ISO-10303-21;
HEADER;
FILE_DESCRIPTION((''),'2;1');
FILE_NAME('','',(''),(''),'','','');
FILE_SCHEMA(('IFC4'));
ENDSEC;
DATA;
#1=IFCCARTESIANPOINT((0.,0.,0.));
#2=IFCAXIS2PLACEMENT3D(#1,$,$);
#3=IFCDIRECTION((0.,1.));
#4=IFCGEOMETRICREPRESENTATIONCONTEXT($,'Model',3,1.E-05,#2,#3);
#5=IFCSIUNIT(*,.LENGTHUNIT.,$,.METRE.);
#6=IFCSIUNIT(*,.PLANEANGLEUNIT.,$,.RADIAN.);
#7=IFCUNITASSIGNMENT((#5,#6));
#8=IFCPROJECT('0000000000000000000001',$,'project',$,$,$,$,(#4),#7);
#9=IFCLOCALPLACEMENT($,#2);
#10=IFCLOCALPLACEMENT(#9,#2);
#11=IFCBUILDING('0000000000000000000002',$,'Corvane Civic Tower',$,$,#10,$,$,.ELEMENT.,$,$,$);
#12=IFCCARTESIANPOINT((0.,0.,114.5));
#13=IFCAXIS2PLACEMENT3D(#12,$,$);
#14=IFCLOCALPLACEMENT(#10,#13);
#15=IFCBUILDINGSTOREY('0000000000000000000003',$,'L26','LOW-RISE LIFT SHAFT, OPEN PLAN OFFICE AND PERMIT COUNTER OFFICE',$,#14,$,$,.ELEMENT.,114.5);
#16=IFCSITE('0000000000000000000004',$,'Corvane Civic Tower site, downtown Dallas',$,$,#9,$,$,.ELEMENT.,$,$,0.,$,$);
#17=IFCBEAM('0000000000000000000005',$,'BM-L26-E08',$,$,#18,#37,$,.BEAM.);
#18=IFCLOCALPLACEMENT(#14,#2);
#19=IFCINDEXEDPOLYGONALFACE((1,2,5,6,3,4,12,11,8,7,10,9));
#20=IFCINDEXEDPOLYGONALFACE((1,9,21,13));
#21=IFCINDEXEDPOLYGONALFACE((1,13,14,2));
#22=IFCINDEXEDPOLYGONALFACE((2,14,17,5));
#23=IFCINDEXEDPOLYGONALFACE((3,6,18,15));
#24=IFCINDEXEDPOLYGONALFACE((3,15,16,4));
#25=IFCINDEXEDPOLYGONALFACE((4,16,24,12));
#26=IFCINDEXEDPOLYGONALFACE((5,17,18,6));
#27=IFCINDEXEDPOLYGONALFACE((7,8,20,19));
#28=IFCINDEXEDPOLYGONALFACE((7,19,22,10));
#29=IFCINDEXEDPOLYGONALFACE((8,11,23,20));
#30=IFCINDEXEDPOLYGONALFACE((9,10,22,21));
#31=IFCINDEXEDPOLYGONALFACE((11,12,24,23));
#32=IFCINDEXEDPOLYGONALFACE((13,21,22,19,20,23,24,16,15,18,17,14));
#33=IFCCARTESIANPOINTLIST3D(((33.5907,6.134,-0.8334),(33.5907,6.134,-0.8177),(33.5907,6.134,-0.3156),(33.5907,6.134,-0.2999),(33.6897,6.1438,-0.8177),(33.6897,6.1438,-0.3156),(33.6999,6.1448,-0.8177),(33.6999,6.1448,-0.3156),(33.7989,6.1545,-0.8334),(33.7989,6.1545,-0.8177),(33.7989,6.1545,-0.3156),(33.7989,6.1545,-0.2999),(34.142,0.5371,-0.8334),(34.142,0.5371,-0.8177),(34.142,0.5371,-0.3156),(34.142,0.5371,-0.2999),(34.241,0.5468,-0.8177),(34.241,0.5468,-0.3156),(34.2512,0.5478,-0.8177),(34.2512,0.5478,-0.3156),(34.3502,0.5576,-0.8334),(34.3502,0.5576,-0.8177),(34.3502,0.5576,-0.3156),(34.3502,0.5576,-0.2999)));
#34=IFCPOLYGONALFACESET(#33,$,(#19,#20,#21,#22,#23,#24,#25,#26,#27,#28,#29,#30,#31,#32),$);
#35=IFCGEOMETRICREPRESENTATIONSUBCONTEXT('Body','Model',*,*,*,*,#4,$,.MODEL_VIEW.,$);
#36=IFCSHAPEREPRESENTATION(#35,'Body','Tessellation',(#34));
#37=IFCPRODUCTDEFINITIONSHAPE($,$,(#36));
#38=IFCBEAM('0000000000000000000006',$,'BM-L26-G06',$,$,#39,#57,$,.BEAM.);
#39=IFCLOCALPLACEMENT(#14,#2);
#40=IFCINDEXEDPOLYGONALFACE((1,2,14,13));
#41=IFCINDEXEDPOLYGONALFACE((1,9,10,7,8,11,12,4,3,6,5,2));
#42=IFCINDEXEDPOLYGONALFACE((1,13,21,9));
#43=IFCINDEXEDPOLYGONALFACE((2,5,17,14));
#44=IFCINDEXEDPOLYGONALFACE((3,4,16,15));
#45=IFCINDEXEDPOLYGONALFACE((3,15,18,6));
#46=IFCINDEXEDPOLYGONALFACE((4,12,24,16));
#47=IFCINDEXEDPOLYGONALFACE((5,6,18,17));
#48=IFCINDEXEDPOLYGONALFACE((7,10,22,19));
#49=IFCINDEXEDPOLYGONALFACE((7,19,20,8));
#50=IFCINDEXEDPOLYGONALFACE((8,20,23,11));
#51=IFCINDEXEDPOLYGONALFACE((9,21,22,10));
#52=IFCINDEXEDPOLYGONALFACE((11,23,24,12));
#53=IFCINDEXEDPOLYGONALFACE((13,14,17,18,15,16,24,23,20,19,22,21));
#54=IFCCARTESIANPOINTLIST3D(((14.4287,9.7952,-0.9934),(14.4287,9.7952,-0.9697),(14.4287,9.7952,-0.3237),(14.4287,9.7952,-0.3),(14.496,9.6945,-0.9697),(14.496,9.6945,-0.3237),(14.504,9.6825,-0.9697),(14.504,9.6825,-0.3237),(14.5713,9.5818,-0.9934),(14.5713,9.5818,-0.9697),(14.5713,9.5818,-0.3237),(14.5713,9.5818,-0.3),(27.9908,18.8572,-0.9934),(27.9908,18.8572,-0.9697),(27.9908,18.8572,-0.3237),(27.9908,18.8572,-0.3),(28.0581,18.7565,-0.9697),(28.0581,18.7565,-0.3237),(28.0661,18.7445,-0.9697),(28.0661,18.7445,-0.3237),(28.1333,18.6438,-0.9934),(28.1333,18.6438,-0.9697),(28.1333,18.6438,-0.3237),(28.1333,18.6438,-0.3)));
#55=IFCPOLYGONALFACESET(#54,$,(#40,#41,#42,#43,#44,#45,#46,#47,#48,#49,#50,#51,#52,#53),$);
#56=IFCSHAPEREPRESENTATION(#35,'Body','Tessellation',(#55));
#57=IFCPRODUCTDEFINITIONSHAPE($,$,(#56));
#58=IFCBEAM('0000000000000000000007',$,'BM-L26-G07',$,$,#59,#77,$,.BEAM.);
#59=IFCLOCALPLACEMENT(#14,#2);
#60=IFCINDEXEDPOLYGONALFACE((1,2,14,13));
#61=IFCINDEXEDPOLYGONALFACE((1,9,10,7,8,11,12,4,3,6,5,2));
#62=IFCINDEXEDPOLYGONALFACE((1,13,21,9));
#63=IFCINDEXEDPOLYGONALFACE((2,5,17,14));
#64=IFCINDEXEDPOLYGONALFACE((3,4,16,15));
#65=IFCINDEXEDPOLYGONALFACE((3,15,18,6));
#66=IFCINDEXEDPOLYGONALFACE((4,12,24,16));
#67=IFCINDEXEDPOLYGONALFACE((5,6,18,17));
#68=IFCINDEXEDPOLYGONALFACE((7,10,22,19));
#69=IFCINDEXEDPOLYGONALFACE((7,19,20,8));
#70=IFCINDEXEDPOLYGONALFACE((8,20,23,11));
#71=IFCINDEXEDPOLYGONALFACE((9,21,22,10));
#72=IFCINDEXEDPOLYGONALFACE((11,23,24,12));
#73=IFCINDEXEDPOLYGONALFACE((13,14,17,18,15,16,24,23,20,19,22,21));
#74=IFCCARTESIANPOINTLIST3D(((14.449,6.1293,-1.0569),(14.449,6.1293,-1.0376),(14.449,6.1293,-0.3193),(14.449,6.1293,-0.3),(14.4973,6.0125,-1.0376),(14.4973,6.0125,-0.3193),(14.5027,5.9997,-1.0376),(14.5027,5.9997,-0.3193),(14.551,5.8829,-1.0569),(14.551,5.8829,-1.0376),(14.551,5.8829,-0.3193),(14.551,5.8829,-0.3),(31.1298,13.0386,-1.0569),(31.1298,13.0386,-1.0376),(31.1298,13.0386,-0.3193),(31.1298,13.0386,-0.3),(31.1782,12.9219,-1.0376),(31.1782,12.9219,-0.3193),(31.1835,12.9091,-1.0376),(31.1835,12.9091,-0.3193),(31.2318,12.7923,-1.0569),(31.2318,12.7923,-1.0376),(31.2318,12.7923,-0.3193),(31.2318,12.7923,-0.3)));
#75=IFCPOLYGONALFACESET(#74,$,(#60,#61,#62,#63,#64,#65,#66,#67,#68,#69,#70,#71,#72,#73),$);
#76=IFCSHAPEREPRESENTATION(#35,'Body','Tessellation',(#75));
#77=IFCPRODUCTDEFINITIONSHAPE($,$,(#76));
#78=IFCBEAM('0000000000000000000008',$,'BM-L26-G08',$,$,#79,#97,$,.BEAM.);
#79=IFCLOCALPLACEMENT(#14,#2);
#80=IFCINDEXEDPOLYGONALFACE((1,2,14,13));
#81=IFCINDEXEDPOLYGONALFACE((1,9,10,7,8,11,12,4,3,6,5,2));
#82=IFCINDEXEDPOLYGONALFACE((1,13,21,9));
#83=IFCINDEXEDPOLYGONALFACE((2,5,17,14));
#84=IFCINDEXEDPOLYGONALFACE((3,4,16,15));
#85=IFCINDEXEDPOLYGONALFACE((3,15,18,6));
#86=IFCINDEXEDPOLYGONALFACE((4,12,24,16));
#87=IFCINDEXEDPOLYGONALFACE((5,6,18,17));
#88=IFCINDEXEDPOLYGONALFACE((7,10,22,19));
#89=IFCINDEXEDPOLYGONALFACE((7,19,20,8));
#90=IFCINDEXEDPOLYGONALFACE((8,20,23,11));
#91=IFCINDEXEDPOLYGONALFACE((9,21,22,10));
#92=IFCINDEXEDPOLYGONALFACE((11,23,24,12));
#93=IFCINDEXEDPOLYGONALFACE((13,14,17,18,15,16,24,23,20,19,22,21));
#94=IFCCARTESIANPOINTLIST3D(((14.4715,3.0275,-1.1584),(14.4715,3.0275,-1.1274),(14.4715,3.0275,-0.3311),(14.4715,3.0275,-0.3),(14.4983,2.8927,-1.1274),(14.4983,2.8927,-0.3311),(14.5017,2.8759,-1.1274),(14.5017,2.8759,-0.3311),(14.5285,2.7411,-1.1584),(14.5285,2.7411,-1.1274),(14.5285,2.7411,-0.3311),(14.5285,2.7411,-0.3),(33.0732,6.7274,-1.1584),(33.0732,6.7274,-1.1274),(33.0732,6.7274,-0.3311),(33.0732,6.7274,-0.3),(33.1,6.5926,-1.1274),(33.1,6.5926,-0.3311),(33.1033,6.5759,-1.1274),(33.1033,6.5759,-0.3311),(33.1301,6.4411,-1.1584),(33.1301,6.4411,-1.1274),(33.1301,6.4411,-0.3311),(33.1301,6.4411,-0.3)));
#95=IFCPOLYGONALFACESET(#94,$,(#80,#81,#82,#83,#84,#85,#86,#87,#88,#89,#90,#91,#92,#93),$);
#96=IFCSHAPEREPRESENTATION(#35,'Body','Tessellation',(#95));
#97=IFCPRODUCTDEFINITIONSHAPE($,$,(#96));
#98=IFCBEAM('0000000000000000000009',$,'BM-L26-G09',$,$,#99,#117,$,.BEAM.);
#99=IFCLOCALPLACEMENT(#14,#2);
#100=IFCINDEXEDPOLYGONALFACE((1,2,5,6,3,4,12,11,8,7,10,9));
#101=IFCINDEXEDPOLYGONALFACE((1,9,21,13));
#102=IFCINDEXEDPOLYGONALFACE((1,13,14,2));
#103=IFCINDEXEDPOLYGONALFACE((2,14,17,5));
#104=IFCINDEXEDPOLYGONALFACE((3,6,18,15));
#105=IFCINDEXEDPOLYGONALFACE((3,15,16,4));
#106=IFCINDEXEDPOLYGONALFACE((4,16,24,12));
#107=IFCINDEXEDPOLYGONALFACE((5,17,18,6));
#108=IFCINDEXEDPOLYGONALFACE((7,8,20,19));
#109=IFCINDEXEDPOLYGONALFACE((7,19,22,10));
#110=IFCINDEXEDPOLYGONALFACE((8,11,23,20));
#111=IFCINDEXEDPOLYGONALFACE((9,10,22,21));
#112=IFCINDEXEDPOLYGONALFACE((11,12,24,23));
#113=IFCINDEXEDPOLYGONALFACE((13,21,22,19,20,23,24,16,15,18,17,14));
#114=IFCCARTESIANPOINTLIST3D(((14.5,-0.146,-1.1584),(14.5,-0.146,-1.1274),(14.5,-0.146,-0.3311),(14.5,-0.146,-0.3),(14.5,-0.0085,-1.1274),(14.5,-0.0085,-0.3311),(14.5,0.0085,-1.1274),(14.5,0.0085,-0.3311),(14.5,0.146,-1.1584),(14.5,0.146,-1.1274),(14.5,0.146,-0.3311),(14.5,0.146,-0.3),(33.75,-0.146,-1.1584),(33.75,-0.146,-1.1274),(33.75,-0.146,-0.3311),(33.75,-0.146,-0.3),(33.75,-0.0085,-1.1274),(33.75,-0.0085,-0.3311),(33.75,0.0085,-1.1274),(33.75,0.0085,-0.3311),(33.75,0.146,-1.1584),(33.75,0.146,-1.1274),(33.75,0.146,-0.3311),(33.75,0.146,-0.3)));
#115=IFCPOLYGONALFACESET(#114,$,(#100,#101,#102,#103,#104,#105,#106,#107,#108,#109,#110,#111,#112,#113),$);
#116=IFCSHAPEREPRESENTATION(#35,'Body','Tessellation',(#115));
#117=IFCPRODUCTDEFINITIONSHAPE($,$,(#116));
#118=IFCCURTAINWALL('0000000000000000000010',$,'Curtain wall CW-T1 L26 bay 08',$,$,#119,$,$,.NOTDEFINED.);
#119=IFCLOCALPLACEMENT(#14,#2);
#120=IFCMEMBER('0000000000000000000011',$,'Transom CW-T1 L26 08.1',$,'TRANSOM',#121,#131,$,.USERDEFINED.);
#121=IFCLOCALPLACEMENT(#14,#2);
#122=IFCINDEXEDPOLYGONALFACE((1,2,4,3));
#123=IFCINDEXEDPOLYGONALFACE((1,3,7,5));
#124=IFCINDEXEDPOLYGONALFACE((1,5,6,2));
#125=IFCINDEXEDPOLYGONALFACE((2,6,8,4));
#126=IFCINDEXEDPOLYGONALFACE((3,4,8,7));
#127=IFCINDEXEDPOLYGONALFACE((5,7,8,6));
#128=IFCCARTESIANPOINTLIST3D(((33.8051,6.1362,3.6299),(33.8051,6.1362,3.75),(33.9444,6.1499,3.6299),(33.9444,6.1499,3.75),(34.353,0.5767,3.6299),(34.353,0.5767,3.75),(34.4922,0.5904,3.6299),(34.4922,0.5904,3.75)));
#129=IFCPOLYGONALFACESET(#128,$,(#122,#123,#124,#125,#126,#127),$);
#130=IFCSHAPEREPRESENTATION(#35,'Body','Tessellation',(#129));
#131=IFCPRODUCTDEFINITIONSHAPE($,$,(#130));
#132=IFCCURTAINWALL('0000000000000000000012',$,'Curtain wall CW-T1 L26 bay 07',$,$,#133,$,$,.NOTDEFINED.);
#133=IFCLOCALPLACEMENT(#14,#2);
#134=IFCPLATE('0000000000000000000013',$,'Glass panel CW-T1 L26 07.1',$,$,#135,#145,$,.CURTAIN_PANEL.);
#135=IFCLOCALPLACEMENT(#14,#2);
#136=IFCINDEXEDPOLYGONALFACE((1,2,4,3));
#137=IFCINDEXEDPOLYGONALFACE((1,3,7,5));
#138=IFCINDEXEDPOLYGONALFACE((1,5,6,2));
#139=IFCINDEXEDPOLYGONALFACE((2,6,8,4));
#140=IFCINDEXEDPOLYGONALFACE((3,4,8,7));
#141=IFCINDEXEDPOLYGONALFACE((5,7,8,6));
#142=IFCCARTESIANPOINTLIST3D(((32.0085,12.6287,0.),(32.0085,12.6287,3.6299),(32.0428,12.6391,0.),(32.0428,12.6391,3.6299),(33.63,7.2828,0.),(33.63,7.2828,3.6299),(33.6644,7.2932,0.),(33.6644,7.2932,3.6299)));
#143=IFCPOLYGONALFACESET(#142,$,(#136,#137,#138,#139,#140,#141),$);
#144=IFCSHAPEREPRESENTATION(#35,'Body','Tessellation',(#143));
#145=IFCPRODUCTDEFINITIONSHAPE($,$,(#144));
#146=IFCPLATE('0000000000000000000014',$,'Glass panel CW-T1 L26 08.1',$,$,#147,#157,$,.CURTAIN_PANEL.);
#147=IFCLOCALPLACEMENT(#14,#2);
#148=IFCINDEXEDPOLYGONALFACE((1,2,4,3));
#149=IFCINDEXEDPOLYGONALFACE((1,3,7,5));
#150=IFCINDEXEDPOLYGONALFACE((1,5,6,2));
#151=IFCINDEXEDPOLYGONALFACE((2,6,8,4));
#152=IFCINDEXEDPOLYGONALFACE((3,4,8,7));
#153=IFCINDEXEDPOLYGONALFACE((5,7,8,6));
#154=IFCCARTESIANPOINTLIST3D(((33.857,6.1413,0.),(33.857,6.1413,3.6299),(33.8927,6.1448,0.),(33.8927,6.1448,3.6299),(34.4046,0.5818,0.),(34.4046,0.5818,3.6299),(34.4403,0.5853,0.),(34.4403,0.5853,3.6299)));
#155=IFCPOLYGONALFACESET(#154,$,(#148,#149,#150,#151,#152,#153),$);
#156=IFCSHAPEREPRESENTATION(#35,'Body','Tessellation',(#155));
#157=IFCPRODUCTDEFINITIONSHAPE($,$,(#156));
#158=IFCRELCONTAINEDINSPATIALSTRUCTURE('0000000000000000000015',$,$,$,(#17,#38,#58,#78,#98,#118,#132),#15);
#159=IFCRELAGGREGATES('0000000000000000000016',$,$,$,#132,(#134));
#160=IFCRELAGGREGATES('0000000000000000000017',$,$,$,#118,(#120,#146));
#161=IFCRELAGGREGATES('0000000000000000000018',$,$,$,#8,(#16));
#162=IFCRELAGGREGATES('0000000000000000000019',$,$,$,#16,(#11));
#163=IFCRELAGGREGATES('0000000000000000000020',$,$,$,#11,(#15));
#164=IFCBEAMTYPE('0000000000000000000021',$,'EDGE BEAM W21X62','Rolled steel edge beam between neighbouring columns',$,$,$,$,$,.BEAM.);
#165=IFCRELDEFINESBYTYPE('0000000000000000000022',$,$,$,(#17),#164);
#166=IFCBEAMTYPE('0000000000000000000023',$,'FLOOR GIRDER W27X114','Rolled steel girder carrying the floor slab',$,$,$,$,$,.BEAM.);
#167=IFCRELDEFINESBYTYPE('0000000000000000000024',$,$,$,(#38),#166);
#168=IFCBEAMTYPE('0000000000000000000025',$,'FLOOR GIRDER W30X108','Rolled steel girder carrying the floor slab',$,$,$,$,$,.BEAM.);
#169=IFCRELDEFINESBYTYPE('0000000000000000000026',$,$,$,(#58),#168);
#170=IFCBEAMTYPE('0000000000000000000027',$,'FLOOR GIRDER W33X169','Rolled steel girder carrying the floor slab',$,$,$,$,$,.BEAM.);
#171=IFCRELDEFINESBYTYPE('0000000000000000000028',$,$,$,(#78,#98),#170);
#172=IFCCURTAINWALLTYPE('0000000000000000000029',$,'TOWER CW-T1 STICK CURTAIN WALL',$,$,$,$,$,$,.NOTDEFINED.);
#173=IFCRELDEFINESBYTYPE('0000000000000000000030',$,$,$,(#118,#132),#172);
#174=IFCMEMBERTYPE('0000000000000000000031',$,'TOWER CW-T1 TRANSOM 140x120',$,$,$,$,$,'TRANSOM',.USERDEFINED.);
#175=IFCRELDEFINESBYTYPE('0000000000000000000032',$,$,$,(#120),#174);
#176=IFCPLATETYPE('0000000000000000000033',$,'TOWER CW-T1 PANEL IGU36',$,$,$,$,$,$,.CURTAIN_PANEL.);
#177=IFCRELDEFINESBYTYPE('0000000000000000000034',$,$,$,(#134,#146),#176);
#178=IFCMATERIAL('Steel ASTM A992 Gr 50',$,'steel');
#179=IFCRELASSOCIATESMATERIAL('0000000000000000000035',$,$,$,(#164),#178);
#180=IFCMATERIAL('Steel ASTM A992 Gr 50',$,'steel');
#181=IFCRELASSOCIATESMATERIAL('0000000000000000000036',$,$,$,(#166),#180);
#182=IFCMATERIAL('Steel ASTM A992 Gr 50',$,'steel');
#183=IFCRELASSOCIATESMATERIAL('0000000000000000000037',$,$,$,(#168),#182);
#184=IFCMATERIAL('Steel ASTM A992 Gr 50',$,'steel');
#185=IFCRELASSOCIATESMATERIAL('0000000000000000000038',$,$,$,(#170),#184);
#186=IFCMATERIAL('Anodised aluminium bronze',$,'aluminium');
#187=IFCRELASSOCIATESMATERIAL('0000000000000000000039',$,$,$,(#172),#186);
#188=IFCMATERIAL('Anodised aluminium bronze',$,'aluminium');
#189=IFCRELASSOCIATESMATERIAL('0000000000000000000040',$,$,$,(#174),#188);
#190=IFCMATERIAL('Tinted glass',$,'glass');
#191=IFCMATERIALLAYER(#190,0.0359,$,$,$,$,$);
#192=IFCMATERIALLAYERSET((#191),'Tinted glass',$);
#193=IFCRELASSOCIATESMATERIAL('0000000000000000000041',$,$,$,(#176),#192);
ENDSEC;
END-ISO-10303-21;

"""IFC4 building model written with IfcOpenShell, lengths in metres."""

from ifc_helpers import new_model, si_unit, direction, frame, origin, origin_2d, place, context, subcontext, project, spatial, rectangle, i_section, extrude, material, layer, layer_set, material_profile, profile_set, type_object, element, aggregate, save


model = new_model("IFC4")

# Units and contexts
model_context = context("Model", 3, precision=1e-05, world=origin(), true_north=direction((0.0, 1.0)))
body_context = subcontext(model_context, "Body", "Model", "MODEL_VIEW")
ifc_project = project(units=[si_unit("LENGTHUNIT", "METRE"), si_unit("PLANEANGLEUNIT", "RADIAN")], contexts=[model_context])

# Site, building, storey
site_placement = place(None, origin())
site = spatial("IfcSite", under=ifc_project, at=site_placement, Name="Corvane Civic Tower site, downtown Dallas", CompositionType="ELEMENT", RefElevation=0.0)
building_placement = place(site_placement, origin())
building = spatial("IfcBuilding", under=site, at=building_placement, Name="Corvane Civic Tower", CompositionType="ELEMENT")
storey_placement = place(building_placement, frame((0.0, 0.0, 114.5)))
storey = spatial("IfcBuildingStorey", under=building, at=storey_placement, Name="L26", Description="LOW-RISE LIFT SHAFT, OPEN PLAN OFFICE AND PERMIT COUNTER OFFICE", CompositionType="ELEMENT", Elevation=114.5)

# Beams
ifc_material_1 = material(Name="Steel ASTM A992 Gr 50", Category="steel")
ifc_material_profile_1 = material_profile(ifc_material_1, i_section(OverallWidth=0.2092, OverallDepth=0.5334, WebThickness=0.0103, FlangeThickness=0.0156, at=origin_2d()), Name="W21X62")
ifc_profile_set_1 = profile_set([ifc_material_profile_1], Name="Steel ASTM A992 Gr 50")
beam_type_1 = type_object("IfcBeamType", Name="EDGE BEAM W21X62", Description="Rolled steel edge beam between neighbouring columns", PredefinedType="BEAM", material=ifc_profile_set_1)
beam_1_placement = place(storey_placement, frame((33.6948, 6.1443, -0.5667), z_axis=(0.098021, -0.995184, 0.0), x_axis=(0.995184, 0.098021, 0.0)))
element("IfcBeam", 1, at=beam_1_placement, inside=storey, type_object=beam_type_1, Name="BM-L26-E08", PredefinedType="BEAM", context=body_context, shape_type="SweptSolid", body=[
    extrude(i_section(OverallWidth=0.2092, OverallDepth=0.5334, WebThickness=0.0103, FlangeThickness=0.0156, at=origin_2d()), origin(), (0.0, 0.0, 1.0), 5.624),
])
ifc_material_2 = material(Name="Steel ASTM A992 Gr 50", Category="steel")
ifc_material_profile_2 = material_profile(ifc_material_2, i_section(OverallWidth=0.2566, OverallDepth=0.6934, WebThickness=0.0144, FlangeThickness=0.0237, at=origin_2d()), Name="W27X114")
ifc_profile_set_2 = profile_set([ifc_material_profile_2], Name="Steel ASTM A992 Gr 50")
beam_type_2 = type_object("IfcBeamType", Name="FLOOR GIRDER W27X114", Description="Rolled steel girder carrying the floor slab", PredefinedType="BEAM", material=ifc_profile_set_2)
beam_2_placement = place(storey_placement, frame((14.5, 9.6885, -0.6467), z_axis=(0.831465, 0.555577, 0.0), x_axis=(-0.555577, 0.831465, 0.0)))
element("IfcBeam", 2, at=beam_2_placement, inside=storey, type_object=beam_type_2, Name="BM-L26-G06", PredefinedType="BEAM", context=body_context, shape_type="SweptSolid", body=[
    extrude(i_section(OverallWidth=0.2566, OverallDepth=0.6934, WebThickness=0.0144, FlangeThickness=0.0237, at=origin_2d()), origin(), (0.0, 0.0, 1.0), 16.311),
])
ifc_material_3 = material(Name="Steel ASTM A992 Gr 50", Category="steel")
ifc_material_profile_3 = material_profile(ifc_material_3, i_section(OverallWidth=0.2666, OverallDepth=0.7568, WebThickness=0.0139, FlangeThickness=0.0193, at=origin_2d()), Name="W30X108")
ifc_profile_set_3 = profile_set([ifc_material_profile_3], Name="Steel ASTM A992 Gr 50")
beam_type_3 = type_object("IfcBeamType", Name="FLOOR GIRDER W30X108", Description="Rolled steel girder carrying the floor slab", PredefinedType="BEAM", material=ifc_profile_set_3)
beam_3_placement = place(storey_placement, frame((14.5, 6.0061, -0.6785), z_axis=(0.92388, 0.382682, 0.0), x_axis=(-0.382682, 0.92388, 0.0)))
element("IfcBeam", 3, at=beam_3_placement, inside=storey, type_object=beam_type_3, Name="BM-L26-G07", PredefinedType="BEAM", context=body_context, shape_type="SweptSolid", body=[
    extrude(i_section(OverallWidth=0.2666, OverallDepth=0.7568, WebThickness=0.0139, FlangeThickness=0.0193, at=origin_2d()), origin(), (0.0, 0.0, 1.0), 18.0552),
])
ifc_material_4 = material(Name="Steel ASTM A992 Gr 50", Category="steel")
ifc_material_profile_4 = material_profile(ifc_material_4, i_section(OverallWidth=0.292, OverallDepth=0.8584, WebThickness=0.0171, FlangeThickness=0.031, at=origin_2d()), Name="W33X169")
ifc_profile_set_4 = profile_set([ifc_material_profile_4], Name="Steel ASTM A992 Gr 50")
beam_type_4 = type_object("IfcBeamType", Name="FLOOR GIRDER W33X169", Description="Rolled steel girder carrying the floor slab", PredefinedType="BEAM", material=ifc_profile_set_4)
beam_4_placement = place(storey_placement, frame((14.5, 2.8843, -0.7292), z_axis=(0.980787, 0.195084, 0.0), x_axis=(-0.195084, 0.980787, 0.0)))
element("IfcBeam", 4, at=beam_4_placement, inside=storey, type_object=beam_type_4, Name="BM-L26-G08", PredefinedType="BEAM", context=body_context, shape_type="SweptSolid", body=[
    extrude(i_section(OverallWidth=0.292, OverallDepth=0.8584, WebThickness=0.0171, FlangeThickness=0.031, at=origin_2d()), origin(), (0.0, 0.0, 1.0), 18.9661),
])
beam_5_placement = place(storey_placement, frame((14.5, 0.0, -0.7292), z_axis=(1.0, 0.0, 0.0), x_axis=(0.0, 1.0, 0.0)))
element("IfcBeam", 5, at=beam_5_placement, inside=storey, type_object=beam_type_4, Name="BM-L26-G09", PredefinedType="BEAM", context=body_context, shape_type="SweptSolid", body=[
    extrude(i_section(OverallWidth=0.292, OverallDepth=0.8584, WebThickness=0.0171, FlangeThickness=0.031, at=origin_2d()), origin(), (0.0, 0.0, 1.0), 19.25),
])

# Curtain wall, member
ifc_material_5 = material(Name="Anodised aluminium bronze", Category="aluminium")
curtain_wall_type = type_object("IfcCurtainWallType", Name="TOWER CW-T1 STICK CURTAIN WALL", PredefinedType="NOTDEFINED", material=ifc_material_5)
curtain_wall_1_placement = place(storey_placement, origin())
curtain_wall_1 = element("IfcCurtainWall", 6, at=curtain_wall_1_placement, inside=storey, type_object=curtain_wall_type, Name="Curtain wall CW-T1 L26 bay 08", PredefinedType="NOTDEFINED")
ifc_material_6 = material(Name="Anodised aluminium bronze", Category="aluminium")
ifc_material_profile_5 = material_profile(ifc_material_6, rectangle(XDim=0.1399, YDim=0.1201, at=origin_2d()), Name="TOWER CW-T1 TRANSOM 140x120")
ifc_profile_set_5 = profile_set([ifc_material_profile_5], Name="Anodised aluminium bronze")
member_type = type_object("IfcMemberType", Name="TOWER CW-T1 TRANSOM 140x120", ElementType="TRANSOM", PredefinedType="USERDEFINED", material=ifc_profile_set_5)
member_placement = place(storey_placement, frame((33.8748, 6.1431, 3.6899), z_axis=(0.098067, -0.99518, 0.0), x_axis=(0.99518, 0.098067, 0.0)))
member = element("IfcMember", 7, at=member_placement, type_object=member_type, Name="Transom CW-T1 L26 08.1", ObjectType="TRANSOM", PredefinedType="USERDEFINED", context=body_context, shape_type="SweptSolid", body=[
    extrude(rectangle(XDim=0.1399, YDim=0.1201, at=origin_2d()), origin(), (0.0, 0.0, 1.0), 5.5864),
])

# Curtain wall, plate
curtain_wall_2_placement = place(storey_placement, origin())
curtain_wall_2 = element("IfcCurtainWall", 8, at=curtain_wall_2_placement, inside=storey, type_object=curtain_wall_type, Name="Curtain wall CW-T1 L26 bay 07", PredefinedType="NOTDEFINED")
ifc_material_7 = material(Name="Tinted glass", Category="glass")
ifc_layer_1 = layer(ifc_material_7, 0.0359)
ifc_layer_set_1 = layer_set([ifc_layer_1], Name="Tinted glass")
plate_type = type_object("IfcPlateType", Name="TOWER CW-T1 PANEL IGU36", PredefinedType="CURTAIN_PANEL", material=ifc_layer_set_1)
plate_1_placement = place(storey_placement, frame((32.8364, 9.9609, 0.0), z_axis=(0.0, 0.0, 1.0), x_axis=(0.290266, -0.956946, 0.0)))
plate_1 = element("IfcPlate", 9, at=plate_1_placement, type_object=plate_type, Name="Glass panel CW-T1 L26 07.1", PredefinedType="CURTAIN_PANEL", context=body_context, shape_type="SweptSolid", body=[
    extrude(rectangle(XDim=5.5864, YDim=0.0359, at=origin_2d()), origin(), (0.0, 0.0, 1.0), 3.6299),
])
aggregate(curtain_wall_2, [plate_1])

# Plate
plate_2_placement = place(storey_placement, frame((34.1487, 3.3633, 0.0), z_axis=(0.0, 0.0, 1.0), x_axis=(0.098027, -0.995184, 0.0)))
plate_2 = element("IfcPlate", 10, at=plate_2_placement, type_object=plate_type, Name="Glass panel CW-T1 L26 08.1", PredefinedType="CURTAIN_PANEL", context=body_context, shape_type="SweptSolid", body=[
    extrude(rectangle(XDim=5.5864, YDim=0.0359, at=origin_2d()), origin(), (0.0, 0.0, 1.0), 3.6299),
])
aggregate(curtain_wall_1, [member, plate_2])

save(model, "model.ifc")
